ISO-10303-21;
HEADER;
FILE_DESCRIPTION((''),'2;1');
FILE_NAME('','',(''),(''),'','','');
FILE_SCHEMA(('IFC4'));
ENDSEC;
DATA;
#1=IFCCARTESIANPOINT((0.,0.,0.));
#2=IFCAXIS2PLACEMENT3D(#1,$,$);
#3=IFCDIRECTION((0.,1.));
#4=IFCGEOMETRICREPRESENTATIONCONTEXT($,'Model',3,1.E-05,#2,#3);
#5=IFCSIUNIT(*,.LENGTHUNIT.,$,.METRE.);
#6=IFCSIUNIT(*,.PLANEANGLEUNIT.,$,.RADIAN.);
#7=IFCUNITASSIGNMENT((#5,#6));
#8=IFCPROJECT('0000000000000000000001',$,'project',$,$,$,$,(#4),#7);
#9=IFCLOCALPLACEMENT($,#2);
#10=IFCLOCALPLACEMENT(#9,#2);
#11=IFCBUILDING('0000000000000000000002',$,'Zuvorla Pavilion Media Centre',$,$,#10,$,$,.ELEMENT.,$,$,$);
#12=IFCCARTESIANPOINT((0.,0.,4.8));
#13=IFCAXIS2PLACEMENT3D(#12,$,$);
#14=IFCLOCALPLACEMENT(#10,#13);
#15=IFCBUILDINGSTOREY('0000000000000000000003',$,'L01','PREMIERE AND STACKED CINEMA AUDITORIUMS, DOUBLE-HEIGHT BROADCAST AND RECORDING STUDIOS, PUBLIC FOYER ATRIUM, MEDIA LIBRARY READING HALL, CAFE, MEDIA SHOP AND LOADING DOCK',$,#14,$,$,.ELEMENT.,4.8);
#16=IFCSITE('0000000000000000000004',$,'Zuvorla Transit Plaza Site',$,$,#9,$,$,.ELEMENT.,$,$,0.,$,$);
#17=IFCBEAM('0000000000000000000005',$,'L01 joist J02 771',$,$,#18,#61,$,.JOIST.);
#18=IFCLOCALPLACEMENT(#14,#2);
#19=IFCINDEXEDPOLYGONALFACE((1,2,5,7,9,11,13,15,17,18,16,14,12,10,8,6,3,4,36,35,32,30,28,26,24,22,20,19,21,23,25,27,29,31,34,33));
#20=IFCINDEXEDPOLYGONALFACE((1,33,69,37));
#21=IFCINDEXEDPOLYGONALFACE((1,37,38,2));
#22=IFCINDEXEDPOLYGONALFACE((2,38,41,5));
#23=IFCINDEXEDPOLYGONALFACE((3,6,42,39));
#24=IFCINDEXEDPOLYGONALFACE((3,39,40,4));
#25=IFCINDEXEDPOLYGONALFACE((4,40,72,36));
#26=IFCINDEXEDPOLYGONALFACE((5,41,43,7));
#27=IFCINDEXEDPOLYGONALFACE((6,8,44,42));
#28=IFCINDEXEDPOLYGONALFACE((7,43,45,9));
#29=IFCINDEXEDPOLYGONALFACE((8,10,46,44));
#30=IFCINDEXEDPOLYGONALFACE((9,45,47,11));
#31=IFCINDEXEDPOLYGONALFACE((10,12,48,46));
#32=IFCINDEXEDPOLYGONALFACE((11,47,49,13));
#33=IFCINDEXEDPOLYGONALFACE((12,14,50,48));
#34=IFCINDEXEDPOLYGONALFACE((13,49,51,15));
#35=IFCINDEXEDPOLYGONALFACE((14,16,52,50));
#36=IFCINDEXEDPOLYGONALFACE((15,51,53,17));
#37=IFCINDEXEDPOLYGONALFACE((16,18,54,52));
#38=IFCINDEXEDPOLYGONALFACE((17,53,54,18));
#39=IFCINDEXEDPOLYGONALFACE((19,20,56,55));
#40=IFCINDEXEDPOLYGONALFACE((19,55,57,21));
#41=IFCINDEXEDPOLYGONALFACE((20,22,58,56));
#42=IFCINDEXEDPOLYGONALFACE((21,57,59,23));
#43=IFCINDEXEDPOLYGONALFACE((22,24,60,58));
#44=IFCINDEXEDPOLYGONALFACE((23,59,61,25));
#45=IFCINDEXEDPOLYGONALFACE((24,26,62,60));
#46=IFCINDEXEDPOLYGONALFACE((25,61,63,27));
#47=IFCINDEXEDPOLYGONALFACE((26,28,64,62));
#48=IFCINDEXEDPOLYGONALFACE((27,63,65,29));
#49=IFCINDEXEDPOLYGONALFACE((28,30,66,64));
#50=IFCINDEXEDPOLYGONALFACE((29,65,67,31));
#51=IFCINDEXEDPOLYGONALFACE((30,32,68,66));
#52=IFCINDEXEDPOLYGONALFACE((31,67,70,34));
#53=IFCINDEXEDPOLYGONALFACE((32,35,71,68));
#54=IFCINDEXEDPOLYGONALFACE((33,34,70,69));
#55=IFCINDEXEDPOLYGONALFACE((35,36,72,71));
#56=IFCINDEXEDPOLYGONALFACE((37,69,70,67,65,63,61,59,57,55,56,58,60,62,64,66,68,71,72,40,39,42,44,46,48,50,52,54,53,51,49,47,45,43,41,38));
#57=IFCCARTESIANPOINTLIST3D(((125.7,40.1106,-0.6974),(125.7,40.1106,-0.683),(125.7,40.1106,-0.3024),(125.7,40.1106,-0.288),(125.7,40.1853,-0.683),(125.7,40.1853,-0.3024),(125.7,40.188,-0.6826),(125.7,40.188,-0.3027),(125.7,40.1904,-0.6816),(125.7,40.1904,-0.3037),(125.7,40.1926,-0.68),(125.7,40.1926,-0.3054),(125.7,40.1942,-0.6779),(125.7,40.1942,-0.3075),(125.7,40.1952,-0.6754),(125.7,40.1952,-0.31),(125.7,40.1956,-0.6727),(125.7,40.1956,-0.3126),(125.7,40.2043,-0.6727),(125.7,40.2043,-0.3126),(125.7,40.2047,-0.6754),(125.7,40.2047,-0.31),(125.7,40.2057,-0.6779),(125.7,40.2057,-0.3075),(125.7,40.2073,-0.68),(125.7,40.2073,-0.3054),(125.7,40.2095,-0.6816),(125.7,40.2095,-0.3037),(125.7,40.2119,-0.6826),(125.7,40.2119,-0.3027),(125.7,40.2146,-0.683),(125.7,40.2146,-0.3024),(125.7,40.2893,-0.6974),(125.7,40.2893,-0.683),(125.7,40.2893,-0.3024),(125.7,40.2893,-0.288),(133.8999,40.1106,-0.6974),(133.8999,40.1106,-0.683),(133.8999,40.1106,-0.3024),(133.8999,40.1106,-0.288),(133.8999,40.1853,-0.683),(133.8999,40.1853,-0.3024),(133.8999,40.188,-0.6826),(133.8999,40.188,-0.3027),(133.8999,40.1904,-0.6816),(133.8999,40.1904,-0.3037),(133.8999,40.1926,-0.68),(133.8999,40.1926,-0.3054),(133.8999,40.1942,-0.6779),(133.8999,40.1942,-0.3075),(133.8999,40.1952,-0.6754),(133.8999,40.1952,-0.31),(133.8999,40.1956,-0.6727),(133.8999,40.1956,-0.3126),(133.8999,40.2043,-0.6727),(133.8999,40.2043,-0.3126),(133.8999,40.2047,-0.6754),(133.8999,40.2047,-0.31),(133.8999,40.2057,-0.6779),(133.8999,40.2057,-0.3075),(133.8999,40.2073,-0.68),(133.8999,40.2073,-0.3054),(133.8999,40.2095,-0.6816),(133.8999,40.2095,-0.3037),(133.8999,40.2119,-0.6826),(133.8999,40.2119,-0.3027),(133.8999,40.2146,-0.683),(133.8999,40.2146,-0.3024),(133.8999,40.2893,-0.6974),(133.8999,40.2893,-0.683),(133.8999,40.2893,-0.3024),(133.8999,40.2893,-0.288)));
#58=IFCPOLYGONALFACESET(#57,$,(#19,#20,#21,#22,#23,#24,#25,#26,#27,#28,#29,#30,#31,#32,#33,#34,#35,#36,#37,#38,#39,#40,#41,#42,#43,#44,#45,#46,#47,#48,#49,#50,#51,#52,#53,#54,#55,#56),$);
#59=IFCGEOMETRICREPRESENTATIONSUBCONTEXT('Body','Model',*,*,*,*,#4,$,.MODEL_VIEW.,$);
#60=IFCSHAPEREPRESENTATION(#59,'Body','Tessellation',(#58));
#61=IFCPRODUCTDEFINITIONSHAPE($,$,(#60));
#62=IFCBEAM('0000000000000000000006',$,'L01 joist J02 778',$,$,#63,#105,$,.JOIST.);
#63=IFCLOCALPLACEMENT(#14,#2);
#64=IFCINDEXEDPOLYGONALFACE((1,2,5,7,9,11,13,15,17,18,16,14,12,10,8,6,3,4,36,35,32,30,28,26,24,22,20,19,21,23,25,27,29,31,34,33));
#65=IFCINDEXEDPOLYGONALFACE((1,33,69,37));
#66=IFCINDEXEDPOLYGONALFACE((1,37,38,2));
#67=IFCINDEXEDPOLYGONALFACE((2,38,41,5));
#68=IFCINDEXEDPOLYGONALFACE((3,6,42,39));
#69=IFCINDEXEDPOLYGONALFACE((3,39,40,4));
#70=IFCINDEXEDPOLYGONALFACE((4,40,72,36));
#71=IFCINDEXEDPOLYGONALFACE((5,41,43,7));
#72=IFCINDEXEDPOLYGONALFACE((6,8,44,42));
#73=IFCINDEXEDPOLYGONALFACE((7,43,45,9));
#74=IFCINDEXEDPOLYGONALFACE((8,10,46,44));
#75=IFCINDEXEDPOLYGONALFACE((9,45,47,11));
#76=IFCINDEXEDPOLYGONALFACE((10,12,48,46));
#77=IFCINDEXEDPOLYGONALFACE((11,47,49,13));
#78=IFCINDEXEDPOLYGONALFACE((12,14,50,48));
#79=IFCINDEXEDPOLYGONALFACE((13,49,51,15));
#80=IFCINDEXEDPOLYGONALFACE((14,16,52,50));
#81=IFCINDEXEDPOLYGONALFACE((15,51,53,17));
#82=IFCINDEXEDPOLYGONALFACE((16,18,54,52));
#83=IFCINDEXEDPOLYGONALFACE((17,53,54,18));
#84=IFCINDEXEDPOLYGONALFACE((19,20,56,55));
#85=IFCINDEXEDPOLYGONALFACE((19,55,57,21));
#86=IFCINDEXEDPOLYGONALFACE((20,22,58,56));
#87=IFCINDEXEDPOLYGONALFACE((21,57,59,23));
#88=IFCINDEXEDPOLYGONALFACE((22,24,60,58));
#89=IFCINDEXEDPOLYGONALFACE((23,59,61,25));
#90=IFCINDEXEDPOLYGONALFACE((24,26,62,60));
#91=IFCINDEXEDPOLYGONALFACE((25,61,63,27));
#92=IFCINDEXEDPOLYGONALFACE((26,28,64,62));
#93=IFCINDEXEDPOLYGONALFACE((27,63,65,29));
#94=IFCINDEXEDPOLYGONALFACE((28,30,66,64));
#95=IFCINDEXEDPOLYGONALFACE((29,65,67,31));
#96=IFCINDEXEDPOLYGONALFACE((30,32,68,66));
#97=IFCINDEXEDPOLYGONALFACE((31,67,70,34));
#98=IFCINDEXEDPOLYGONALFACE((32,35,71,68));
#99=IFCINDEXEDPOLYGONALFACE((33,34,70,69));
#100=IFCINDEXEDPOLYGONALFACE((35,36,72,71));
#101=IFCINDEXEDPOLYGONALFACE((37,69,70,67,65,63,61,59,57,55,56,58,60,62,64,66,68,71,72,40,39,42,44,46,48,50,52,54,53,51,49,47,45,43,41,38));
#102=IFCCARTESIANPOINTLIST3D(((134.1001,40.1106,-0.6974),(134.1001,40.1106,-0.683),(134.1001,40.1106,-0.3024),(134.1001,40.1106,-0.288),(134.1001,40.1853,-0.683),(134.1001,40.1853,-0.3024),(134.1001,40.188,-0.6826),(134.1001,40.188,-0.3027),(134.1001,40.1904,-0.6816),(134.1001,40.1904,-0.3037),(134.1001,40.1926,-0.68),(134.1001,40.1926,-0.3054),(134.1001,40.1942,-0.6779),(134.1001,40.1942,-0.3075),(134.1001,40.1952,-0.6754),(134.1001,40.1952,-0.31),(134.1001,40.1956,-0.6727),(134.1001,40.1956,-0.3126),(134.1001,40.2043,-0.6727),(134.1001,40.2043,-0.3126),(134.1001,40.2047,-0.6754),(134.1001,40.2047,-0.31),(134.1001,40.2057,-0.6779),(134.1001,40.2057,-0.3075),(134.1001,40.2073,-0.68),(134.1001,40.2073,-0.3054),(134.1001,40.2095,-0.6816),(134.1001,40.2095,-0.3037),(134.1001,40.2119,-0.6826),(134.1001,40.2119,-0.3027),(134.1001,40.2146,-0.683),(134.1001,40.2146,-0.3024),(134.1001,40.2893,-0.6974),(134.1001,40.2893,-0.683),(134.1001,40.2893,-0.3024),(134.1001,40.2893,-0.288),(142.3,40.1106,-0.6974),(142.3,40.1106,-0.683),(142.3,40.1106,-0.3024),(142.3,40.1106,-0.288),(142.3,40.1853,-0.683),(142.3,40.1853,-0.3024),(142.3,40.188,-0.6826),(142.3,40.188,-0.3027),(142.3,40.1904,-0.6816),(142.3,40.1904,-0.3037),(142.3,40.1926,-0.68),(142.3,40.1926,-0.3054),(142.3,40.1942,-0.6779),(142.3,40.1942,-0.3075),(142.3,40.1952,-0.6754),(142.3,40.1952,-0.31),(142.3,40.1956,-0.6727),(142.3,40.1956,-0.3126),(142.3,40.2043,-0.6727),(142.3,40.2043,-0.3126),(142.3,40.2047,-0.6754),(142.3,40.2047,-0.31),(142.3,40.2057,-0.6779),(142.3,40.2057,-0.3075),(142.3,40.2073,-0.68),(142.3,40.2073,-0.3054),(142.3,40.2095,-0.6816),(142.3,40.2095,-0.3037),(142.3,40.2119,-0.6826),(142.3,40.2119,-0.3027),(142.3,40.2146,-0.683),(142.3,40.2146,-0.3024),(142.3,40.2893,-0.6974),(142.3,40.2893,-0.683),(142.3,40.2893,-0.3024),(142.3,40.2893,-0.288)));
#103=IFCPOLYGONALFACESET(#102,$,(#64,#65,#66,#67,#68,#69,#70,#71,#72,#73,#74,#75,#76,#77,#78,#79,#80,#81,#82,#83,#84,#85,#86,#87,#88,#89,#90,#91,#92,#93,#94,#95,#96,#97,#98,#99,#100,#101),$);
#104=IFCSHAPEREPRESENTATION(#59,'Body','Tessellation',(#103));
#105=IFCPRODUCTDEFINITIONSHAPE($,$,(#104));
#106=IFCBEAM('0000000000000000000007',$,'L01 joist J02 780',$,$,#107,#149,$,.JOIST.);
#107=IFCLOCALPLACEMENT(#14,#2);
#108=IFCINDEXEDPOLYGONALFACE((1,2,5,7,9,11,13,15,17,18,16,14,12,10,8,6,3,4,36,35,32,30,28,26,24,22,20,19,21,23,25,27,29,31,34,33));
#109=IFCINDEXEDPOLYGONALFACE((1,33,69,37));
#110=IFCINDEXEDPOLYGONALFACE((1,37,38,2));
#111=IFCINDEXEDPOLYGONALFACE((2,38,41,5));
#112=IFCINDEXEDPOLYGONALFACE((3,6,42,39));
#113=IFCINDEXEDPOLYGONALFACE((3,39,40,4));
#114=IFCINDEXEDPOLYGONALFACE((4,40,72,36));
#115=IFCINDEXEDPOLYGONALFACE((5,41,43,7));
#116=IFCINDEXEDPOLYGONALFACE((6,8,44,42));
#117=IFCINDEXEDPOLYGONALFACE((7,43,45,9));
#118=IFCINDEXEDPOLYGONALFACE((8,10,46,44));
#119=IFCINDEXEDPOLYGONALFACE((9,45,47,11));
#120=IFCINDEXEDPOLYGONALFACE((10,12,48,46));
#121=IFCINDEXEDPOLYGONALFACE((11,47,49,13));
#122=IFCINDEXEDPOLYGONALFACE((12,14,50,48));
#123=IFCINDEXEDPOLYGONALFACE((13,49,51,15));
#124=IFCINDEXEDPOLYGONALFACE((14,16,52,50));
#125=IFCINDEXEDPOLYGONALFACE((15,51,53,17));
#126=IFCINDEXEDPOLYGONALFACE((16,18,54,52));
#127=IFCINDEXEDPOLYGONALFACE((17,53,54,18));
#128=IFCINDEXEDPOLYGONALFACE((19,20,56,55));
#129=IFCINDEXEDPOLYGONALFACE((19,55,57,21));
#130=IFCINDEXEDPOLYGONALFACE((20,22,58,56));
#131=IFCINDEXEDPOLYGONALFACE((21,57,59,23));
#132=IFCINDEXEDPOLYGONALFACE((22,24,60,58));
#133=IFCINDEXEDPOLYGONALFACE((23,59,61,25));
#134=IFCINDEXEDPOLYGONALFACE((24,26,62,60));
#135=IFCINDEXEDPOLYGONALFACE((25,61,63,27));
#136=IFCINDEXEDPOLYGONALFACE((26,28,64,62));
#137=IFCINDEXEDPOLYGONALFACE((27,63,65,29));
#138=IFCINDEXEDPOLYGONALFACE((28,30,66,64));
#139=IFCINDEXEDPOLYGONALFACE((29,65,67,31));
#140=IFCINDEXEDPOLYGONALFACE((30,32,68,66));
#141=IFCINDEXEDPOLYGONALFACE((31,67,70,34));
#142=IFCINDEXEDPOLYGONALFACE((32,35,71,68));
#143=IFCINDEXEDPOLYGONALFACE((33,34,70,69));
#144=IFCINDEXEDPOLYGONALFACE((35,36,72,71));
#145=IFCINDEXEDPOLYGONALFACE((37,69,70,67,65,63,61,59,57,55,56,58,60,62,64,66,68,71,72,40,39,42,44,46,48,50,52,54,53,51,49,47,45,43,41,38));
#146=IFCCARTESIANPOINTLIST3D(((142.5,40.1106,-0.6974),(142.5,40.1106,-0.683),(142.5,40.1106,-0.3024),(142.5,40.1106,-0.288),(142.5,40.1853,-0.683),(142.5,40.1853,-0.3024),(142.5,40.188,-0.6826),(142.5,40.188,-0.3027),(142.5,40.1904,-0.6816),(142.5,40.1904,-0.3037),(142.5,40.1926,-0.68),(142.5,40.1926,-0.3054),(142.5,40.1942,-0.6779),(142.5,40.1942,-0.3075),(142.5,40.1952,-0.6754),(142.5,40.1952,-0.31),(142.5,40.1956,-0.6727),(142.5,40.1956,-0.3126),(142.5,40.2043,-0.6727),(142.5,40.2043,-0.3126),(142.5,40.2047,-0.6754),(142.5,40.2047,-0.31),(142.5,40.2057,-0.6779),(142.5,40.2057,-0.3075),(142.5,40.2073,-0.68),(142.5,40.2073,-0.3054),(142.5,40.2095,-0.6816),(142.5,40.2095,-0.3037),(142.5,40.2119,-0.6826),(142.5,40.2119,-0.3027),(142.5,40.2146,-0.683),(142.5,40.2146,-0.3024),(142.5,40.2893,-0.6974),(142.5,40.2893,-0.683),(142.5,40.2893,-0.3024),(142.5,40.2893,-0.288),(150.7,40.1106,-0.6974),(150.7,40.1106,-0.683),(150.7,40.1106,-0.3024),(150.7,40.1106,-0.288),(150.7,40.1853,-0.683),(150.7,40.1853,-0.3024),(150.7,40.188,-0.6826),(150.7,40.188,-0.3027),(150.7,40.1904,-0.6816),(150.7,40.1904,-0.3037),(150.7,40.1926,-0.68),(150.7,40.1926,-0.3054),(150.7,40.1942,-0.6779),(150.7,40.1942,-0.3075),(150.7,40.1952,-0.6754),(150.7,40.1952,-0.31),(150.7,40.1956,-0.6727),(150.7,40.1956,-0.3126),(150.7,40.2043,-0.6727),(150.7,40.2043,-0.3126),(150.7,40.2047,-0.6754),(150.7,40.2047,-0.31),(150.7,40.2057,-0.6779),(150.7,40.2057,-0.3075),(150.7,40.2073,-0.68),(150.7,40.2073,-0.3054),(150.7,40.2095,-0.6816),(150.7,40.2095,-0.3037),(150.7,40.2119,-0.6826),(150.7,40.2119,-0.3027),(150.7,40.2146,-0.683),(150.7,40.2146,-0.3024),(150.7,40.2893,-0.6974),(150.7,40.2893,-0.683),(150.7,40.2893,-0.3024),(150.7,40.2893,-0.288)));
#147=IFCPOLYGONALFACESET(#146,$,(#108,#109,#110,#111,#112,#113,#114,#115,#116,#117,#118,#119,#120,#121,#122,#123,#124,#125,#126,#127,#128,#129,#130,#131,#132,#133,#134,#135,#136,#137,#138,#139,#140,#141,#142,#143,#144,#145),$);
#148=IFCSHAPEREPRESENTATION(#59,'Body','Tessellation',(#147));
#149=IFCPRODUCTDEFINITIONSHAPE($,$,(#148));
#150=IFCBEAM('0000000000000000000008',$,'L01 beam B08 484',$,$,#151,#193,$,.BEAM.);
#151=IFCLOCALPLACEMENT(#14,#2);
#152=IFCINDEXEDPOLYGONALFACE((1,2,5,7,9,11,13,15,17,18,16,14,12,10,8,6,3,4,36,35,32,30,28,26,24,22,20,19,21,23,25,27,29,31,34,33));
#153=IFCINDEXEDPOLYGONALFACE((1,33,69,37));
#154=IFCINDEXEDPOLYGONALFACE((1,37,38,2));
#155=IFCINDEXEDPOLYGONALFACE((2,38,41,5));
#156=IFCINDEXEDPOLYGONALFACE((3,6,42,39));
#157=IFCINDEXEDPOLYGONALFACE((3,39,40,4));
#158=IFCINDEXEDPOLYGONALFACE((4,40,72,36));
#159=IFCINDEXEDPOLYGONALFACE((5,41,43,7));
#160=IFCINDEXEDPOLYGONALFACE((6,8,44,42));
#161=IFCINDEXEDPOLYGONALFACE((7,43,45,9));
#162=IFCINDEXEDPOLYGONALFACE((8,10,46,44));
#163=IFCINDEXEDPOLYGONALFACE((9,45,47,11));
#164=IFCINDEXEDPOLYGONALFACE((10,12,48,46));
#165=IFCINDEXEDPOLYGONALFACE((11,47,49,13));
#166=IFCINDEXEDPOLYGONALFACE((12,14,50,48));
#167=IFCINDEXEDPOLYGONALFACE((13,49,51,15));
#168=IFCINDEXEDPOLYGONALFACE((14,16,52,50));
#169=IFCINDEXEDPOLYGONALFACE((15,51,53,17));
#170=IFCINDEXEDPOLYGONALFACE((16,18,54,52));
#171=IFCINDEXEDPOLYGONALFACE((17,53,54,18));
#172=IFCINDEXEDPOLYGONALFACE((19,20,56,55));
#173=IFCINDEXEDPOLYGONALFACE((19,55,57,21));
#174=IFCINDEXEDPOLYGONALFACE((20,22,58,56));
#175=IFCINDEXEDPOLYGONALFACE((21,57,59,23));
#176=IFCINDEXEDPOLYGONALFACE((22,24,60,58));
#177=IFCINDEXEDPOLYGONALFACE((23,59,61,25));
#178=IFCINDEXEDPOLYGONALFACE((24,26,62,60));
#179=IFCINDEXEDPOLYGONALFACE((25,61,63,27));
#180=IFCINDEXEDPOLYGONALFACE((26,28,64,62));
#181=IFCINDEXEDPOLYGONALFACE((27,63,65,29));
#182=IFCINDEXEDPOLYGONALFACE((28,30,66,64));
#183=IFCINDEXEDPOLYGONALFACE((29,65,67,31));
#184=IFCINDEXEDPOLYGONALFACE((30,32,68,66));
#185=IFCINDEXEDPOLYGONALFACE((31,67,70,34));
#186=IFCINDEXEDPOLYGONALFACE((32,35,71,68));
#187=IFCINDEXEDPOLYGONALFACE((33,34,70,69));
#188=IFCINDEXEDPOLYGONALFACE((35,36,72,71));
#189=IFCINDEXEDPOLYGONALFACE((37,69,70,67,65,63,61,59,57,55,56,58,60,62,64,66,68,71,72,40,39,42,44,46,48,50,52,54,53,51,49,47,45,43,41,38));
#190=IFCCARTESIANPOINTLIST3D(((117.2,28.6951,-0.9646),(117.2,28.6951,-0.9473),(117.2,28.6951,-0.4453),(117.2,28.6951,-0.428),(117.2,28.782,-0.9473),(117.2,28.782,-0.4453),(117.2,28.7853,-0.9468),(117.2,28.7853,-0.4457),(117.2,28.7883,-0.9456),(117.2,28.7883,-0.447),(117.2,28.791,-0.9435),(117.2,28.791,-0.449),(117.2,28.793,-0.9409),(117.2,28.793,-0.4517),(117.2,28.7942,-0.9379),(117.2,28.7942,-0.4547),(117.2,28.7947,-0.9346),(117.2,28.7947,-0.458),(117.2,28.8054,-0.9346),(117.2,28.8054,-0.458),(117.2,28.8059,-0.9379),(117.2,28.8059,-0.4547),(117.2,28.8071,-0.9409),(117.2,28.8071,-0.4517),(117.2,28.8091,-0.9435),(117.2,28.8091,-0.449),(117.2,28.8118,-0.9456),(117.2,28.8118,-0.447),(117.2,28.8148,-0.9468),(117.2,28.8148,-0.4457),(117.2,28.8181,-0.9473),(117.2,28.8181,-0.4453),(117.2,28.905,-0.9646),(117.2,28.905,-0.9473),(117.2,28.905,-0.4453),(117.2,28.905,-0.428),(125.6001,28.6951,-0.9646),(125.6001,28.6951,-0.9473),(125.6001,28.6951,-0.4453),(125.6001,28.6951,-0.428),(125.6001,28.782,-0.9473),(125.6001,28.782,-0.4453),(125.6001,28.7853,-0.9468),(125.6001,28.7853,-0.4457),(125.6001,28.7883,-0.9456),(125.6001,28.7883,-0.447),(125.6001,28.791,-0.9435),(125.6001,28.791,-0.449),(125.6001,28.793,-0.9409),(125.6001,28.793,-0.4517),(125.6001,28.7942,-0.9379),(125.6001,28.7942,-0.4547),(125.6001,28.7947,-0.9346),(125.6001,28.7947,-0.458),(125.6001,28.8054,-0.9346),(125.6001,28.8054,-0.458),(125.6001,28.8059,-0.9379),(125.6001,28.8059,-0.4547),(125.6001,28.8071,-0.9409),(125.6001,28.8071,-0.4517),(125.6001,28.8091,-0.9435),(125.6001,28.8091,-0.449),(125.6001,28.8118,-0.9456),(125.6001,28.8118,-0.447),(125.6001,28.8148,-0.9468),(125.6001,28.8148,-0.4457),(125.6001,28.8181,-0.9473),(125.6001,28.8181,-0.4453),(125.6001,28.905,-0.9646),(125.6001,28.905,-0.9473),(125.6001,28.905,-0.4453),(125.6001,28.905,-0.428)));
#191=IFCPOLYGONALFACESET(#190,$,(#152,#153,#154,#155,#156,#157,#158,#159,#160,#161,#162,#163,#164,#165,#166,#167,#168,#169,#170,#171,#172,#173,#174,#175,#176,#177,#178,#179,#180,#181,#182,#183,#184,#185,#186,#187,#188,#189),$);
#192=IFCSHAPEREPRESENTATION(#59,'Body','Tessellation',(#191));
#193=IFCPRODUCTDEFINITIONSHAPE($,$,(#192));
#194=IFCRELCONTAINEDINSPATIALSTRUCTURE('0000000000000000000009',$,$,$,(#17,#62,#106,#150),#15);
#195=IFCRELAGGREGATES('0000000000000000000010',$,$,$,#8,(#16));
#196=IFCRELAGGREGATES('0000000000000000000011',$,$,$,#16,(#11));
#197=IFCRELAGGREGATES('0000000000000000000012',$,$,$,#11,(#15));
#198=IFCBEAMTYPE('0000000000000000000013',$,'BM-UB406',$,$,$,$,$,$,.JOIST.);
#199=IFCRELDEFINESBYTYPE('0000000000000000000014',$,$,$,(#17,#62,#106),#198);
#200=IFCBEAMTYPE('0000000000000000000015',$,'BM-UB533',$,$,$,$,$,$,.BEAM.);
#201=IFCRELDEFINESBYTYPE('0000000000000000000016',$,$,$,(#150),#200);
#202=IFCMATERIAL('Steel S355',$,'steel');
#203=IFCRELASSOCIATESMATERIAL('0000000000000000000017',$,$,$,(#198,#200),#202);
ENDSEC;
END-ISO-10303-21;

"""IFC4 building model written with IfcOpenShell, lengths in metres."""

from ifc_helpers import new_model, si_unit, direction, frame, origin, origin_2d, place, context, subcontext, project, spatial, i_section, extrude, material, material_profile, profile_set, type_object, element, save


model = new_model("IFC4")

# Units and contexts
model_context = context("Model", 3, precision=1e-05, world=origin(), true_north=direction((0.0, 1.0)))
body_context = subcontext(model_context, "Body", "Model", "MODEL_VIEW")
ifc_project = project(units=[si_unit("LENGTHUNIT", "METRE"), si_unit("PLANEANGLEUNIT", "RADIAN")], contexts=[model_context])

# Site, building, storey
site_placement = place(None, origin())
site = spatial("IfcSite", under=ifc_project, at=site_placement, Name="Zuvorla Transit Plaza Site", CompositionType="ELEMENT", RefElevation=0.0)
building_placement = place(site_placement, origin())
building = spatial("IfcBuilding", under=site, at=building_placement, Name="Zuvorla Pavilion Media Centre", CompositionType="ELEMENT")
storey_placement = place(building_placement, frame((0.0, 0.0, 4.8)))
storey = spatial("IfcBuildingStorey", under=building, at=storey_placement, Name="L01", Description="PREMIERE AND STACKED CINEMA AUDITORIUMS, DOUBLE-HEIGHT BROADCAST AND RECORDING STUDIOS, PUBLIC FOYER ATRIUM, MEDIA LIBRARY READING HALL, CAFE, MEDIA SHOP AND LOADING DOCK", CompositionType="ELEMENT", Elevation=4.8)

# Shared definitions
ifc_material_1 = material(Name="Steel S355", Category="steel")

# Beams
ifc_material_profile_1 = material_profile(ifc_material_1, i_section(OverallWidth=0.1787, OverallDepth=0.4094, WebThickness=0.0088, FlangeThickness=0.0144, FilletRadius=0.0103, at=origin_2d()), Name="UB 406x178x67")
ifc_profile_set_1 = profile_set([ifc_material_profile_1], Name="Steel S355")
beam_type_1 = type_object("IfcBeamType", Name="BM-UB406", PredefinedType="JOIST", material=ifc_profile_set_1)
for number, where, z_axis, x_axis, name in (
    (1, (125.7, 40.2, -0.4927), (1.0, 0.0, 0.0), (0.0, 1.0, 0.0), "L01 joist J02 771"),
    (2, (134.1001, 40.2, -0.4927), (1.0, 0.0, 0.0), (0.0, 1.0, 0.0), "L01 joist J02 778"),
    (3, (142.5, 40.2, -0.4927), (1.0, 0.0, 0.0), (0.0, 1.0, 0.0), "L01 joist J02 780"),
):
    element("IfcBeam", number, at=place(storey_placement, frame(where, z_axis=z_axis, x_axis=x_axis)), inside=storey, type_object=beam_type_1, Name=name, PredefinedType="JOIST", context=body_context, shape_type="SweptSolid", body=[
        extrude(i_section(OverallWidth=0.1787, OverallDepth=0.4094, WebThickness=0.0088, FlangeThickness=0.0144, FilletRadius=0.0103, at=origin_2d()), origin(), (0.0, 0.0, 1.0), 8.2),
    ])
ifc_material_profile_2 = material_profile(ifc_material_1, i_section(OverallWidth=0.21, OverallDepth=0.5366, WebThickness=0.0107, FlangeThickness=0.0173, FilletRadius=0.0127, at=origin_2d()), Name="UB 533x210x101")
ifc_profile_set_2 = profile_set([ifc_material_profile_2], Name="Steel S355")
beam_type_2 = type_object("IfcBeamType", Name="BM-UB533", PredefinedType="BEAM", material=ifc_profile_set_2)
for number, where, z_axis, x_axis, name in (
    (4, (117.2, 28.8, -0.6963), (1.0, 0.0, 0.0), (0.0, 1.0, 0.0), "L01 beam B08 484"),
):
    element("IfcBeam", number, at=place(storey_placement, frame(where, z_axis=z_axis, x_axis=x_axis)), inside=storey, type_object=beam_type_2, Name=name, PredefinedType="BEAM", context=body_context, shape_type="SweptSolid", body=[
        extrude(i_section(OverallWidth=0.21, OverallDepth=0.5366, WebThickness=0.0107, FlangeThickness=0.0173, FilletRadius=0.0127, at=origin_2d()), origin(), (0.0, 0.0, 1.0), 8.4001),
    ])

save(model, "model.ifc")
